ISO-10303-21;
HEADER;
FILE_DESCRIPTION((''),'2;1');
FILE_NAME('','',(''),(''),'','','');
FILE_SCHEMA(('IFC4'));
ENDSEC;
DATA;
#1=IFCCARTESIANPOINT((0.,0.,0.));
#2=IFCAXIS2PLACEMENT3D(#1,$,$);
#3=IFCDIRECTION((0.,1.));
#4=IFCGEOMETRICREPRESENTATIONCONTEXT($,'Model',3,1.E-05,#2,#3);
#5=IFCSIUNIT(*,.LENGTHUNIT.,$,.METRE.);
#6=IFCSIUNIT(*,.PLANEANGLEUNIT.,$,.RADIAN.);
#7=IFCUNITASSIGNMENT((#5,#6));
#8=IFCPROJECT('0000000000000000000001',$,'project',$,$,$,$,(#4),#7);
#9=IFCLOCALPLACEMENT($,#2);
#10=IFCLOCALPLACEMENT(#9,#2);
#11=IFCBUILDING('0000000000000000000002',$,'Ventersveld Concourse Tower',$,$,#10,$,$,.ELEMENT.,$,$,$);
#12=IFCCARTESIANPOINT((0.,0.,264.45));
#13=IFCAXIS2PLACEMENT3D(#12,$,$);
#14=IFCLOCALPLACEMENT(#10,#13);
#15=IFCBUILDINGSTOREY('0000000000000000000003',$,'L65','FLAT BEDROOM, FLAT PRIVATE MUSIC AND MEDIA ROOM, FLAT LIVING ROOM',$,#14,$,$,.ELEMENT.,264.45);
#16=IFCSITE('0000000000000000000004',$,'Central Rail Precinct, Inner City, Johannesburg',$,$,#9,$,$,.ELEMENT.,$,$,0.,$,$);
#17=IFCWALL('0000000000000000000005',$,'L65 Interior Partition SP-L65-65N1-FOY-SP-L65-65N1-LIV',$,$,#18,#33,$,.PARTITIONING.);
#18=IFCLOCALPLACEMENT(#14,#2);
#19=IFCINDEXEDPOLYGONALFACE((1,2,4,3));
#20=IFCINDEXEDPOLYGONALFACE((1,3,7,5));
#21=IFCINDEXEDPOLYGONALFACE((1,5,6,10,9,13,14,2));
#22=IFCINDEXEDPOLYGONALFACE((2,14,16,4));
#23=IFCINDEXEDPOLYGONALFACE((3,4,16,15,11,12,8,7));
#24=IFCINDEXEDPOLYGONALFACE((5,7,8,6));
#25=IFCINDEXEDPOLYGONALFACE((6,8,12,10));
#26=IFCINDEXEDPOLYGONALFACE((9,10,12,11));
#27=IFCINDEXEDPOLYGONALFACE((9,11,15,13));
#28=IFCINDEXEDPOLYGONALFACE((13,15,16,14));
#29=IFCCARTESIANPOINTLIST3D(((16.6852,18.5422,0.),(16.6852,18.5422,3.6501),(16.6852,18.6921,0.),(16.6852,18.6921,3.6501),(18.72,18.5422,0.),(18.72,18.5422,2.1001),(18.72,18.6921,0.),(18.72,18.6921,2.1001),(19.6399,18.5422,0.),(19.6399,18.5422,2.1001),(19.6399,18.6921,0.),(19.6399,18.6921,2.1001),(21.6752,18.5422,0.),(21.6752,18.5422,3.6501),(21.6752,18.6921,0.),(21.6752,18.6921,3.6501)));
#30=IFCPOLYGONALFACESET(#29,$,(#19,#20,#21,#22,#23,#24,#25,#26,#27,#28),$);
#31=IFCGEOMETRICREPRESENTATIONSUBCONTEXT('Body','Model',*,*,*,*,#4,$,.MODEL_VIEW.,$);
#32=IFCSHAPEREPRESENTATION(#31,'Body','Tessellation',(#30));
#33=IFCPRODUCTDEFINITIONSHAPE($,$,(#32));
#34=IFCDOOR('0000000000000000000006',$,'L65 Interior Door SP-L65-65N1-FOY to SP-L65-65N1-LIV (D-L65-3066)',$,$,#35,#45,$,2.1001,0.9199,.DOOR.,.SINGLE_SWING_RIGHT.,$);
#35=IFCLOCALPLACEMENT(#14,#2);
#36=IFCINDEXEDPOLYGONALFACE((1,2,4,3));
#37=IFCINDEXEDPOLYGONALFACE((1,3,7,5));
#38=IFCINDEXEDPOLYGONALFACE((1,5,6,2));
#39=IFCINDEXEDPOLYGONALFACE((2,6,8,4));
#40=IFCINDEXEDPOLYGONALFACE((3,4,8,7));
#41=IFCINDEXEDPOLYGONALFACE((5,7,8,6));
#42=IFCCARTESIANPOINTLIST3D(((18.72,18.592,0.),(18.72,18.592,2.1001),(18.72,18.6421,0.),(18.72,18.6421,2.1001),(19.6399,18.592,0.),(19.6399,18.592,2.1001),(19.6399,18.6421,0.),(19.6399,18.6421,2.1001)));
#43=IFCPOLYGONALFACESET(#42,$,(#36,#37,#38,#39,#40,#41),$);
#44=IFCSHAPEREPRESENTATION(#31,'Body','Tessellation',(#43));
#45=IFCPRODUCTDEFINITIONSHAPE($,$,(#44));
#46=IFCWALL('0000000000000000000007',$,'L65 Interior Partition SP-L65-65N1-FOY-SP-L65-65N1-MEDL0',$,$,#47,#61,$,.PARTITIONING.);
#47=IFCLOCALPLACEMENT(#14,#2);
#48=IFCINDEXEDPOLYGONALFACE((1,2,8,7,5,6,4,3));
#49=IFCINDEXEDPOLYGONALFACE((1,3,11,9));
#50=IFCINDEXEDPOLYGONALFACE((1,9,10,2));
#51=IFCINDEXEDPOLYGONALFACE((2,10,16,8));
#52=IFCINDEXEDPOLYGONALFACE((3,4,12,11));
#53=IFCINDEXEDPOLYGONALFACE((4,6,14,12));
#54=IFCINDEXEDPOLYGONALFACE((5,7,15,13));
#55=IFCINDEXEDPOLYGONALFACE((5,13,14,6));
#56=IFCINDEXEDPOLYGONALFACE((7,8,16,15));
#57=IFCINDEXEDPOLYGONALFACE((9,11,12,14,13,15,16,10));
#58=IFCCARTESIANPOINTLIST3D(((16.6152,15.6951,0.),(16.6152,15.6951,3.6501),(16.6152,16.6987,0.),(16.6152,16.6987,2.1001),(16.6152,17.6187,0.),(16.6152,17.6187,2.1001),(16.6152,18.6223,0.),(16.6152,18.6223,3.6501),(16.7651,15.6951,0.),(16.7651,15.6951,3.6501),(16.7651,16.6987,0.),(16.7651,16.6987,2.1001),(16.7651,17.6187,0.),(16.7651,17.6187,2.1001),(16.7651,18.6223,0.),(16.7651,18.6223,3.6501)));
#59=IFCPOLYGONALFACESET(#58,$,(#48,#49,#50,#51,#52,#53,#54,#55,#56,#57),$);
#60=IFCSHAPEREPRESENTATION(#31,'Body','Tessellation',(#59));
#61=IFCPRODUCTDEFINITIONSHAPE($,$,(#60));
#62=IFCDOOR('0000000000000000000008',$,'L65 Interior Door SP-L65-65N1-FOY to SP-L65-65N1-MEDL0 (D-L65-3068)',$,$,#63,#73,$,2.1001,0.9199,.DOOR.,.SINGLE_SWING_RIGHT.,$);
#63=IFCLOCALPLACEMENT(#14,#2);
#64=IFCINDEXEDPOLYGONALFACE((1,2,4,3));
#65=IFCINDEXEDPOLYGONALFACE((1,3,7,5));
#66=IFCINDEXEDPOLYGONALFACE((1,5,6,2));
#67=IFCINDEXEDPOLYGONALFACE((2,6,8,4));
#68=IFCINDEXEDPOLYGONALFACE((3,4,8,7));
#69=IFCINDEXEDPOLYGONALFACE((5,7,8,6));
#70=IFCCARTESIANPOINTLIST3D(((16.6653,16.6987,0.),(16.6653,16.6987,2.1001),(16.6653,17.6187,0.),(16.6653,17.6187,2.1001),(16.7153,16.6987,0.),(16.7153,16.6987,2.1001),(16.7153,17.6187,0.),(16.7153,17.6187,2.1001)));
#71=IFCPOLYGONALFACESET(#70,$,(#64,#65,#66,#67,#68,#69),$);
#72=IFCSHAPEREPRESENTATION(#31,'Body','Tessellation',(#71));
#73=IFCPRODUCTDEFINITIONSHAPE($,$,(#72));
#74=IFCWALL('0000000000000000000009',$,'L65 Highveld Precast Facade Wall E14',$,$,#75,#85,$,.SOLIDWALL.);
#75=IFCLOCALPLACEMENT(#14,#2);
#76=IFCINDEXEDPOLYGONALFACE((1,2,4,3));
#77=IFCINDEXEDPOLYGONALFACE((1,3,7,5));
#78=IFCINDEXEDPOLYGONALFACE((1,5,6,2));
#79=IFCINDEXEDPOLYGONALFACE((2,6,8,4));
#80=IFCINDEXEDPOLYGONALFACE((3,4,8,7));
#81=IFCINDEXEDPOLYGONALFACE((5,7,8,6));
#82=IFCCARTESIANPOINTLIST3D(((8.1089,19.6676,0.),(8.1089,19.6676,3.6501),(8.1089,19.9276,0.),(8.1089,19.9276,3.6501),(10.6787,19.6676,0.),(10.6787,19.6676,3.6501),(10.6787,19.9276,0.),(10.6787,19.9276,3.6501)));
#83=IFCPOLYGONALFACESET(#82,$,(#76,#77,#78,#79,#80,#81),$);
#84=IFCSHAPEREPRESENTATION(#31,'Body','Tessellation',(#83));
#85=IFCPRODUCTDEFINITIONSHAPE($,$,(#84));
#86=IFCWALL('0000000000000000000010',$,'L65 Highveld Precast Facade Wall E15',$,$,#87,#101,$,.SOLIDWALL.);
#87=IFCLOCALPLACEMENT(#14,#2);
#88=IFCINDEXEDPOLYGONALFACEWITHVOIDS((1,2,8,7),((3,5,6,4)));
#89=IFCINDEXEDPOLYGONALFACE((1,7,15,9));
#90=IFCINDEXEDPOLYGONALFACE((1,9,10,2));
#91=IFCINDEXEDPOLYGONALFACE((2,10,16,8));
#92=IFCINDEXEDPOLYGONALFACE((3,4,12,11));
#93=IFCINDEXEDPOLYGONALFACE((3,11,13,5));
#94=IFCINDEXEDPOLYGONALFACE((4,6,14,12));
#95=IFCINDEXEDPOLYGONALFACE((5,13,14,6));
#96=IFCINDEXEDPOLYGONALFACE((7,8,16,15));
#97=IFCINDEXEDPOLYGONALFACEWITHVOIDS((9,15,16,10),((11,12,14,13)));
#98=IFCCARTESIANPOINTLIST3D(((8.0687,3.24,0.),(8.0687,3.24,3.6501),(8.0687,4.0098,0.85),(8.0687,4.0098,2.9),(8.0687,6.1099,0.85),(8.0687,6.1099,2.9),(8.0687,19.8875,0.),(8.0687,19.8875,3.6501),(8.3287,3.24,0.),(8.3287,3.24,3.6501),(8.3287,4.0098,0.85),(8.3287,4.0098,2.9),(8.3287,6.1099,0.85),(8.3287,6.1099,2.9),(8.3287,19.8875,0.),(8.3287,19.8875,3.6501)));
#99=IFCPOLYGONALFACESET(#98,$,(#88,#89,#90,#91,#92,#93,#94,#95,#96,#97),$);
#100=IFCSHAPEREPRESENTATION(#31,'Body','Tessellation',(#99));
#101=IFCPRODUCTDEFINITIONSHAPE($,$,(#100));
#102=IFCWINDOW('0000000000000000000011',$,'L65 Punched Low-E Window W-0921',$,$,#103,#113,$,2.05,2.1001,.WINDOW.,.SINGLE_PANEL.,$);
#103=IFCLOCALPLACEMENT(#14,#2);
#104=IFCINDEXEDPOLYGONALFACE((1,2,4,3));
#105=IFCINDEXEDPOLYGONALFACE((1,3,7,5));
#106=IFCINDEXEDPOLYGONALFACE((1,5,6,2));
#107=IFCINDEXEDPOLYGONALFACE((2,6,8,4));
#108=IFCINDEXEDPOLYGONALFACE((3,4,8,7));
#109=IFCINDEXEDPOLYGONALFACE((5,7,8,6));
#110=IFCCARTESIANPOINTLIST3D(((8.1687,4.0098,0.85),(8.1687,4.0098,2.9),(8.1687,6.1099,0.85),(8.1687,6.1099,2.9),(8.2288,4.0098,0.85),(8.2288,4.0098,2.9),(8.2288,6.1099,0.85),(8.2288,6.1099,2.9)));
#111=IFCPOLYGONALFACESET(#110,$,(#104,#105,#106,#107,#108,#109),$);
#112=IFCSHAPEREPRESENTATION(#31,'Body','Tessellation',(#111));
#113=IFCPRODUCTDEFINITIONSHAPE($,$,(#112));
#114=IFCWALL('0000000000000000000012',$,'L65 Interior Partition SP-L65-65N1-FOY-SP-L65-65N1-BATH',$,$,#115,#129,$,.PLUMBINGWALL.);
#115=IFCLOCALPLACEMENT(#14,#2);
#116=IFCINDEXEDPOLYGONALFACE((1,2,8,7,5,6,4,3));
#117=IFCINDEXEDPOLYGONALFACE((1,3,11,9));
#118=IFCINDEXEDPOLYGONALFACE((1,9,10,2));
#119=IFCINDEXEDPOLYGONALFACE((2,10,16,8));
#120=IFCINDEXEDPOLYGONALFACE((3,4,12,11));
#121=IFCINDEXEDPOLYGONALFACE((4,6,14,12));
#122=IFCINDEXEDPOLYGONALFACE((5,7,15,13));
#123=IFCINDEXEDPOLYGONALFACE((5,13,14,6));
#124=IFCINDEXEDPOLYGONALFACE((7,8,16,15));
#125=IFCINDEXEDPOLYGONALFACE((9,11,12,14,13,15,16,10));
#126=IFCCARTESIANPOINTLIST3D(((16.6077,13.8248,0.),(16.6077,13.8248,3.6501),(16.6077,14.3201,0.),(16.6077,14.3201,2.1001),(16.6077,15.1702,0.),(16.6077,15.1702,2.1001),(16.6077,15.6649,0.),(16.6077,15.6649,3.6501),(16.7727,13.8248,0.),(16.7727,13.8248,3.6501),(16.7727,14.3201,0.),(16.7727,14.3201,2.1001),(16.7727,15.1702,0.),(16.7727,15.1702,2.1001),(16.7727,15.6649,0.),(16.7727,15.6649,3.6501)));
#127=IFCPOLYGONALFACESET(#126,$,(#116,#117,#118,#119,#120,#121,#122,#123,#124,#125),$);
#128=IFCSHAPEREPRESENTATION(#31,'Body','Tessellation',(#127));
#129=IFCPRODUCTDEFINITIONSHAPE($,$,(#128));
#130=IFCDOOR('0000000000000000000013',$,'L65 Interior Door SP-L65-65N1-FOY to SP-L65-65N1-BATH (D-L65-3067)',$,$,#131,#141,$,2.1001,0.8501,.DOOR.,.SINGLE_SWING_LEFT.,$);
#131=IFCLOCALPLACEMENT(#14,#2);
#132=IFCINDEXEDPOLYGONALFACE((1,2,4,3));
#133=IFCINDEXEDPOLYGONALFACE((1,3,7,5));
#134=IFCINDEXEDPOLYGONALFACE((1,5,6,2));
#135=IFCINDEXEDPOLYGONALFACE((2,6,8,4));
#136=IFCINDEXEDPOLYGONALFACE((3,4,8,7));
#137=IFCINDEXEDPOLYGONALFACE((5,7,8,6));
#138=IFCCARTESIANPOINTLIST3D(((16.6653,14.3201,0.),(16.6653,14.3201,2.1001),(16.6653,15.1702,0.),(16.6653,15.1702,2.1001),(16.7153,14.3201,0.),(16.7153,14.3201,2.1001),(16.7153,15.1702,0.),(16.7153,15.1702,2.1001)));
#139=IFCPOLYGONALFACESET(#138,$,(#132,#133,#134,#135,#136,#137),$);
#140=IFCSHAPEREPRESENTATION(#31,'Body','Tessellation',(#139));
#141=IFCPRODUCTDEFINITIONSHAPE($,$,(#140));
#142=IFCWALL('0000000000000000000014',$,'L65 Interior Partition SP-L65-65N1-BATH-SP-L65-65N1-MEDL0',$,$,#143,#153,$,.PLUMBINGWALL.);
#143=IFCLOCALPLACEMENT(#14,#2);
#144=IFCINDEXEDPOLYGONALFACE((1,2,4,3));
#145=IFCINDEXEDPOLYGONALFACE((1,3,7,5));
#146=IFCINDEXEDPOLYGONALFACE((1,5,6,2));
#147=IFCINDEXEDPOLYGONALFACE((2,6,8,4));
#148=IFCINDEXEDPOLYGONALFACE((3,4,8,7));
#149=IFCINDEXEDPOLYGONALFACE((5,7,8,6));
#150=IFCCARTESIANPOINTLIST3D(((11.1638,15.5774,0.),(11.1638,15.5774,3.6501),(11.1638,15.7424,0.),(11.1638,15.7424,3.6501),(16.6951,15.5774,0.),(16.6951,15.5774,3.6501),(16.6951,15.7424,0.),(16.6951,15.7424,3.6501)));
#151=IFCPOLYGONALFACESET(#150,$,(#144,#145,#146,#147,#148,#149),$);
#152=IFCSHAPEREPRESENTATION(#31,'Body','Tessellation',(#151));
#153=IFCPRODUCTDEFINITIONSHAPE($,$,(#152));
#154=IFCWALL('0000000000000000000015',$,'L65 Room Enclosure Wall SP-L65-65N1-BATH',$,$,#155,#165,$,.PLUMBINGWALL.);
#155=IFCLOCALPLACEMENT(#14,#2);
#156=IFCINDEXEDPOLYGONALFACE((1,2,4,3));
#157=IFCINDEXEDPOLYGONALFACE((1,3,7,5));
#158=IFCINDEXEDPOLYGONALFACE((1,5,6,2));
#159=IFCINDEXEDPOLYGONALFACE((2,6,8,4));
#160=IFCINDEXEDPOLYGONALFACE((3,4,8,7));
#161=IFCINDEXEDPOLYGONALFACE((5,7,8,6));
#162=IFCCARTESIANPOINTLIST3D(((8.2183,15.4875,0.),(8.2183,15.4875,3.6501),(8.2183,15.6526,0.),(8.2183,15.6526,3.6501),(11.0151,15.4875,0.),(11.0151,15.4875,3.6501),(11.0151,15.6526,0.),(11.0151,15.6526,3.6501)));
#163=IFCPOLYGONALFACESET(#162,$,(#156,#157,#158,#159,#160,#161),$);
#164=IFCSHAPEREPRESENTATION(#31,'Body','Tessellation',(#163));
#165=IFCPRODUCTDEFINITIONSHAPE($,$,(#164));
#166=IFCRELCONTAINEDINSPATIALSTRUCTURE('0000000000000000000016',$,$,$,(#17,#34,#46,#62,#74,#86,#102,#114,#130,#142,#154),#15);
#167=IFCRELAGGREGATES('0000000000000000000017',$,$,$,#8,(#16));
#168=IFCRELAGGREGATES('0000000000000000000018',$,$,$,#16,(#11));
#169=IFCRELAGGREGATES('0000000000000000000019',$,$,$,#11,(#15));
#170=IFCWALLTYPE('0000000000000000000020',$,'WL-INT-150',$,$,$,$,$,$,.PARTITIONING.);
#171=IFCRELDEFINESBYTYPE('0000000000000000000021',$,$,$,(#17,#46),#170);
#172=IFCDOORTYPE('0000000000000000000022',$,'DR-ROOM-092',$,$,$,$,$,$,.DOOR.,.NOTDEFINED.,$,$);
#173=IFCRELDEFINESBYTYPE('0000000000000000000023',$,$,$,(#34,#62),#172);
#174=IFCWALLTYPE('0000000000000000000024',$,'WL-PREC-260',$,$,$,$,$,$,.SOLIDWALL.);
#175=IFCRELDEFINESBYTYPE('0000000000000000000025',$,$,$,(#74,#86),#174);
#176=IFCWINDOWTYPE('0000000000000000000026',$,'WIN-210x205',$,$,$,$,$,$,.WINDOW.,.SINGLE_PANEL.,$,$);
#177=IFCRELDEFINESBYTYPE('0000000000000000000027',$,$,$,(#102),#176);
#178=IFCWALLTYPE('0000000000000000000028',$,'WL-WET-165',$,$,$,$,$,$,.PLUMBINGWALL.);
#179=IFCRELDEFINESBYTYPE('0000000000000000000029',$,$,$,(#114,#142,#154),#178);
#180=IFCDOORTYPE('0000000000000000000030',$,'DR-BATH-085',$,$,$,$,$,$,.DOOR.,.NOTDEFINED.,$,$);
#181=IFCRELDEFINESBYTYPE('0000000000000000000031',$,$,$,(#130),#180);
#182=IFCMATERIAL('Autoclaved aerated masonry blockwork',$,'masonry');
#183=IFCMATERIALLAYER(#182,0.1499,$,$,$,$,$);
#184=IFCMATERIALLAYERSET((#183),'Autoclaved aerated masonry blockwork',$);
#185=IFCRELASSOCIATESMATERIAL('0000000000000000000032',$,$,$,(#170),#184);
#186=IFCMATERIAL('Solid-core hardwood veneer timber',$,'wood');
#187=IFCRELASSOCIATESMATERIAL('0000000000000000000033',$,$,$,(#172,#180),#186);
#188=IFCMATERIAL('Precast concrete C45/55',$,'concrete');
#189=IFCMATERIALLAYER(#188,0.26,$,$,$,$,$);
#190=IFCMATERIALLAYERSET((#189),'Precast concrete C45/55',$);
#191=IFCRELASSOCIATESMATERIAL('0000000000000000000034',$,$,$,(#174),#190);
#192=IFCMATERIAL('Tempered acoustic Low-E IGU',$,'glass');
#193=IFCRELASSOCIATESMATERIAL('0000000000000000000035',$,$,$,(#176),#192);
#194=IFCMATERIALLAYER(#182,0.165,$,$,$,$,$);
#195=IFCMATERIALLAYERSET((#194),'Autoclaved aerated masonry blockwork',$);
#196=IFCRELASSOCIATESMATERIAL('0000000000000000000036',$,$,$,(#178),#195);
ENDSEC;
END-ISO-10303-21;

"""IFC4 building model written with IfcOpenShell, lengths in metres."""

from ifc_helpers import new_model, si_unit, direction, frame, frame_2d, origin, place, context, subcontext, project, spatial, rectangle, extrude, material, layer, layer_set, type_object, element, fill, save


model = new_model("IFC4")

# Units and contexts
model_context = context("Model", 3, precision=1e-05, world=origin(), true_north=direction((0.0, 1.0)))
body_context = subcontext(model_context, "Body", "Model", "MODEL_VIEW")
ifc_project = project(units=[si_unit("LENGTHUNIT", "METRE"), si_unit("PLANEANGLEUNIT", "RADIAN")], contexts=[model_context])

# Site, building, storey
site_placement = place(None, origin())
site = spatial("IfcSite", under=ifc_project, at=site_placement, Name="Central Rail Precinct, Inner City, Johannesburg", CompositionType="ELEMENT", RefElevation=0.0)
building_placement = place(site_placement, origin())
building = spatial("IfcBuilding", under=site, at=building_placement, Name="Ventersveld Concourse Tower", CompositionType="ELEMENT")
storey_placement = place(building_placement, frame((0.0, 0.0, 264.45)))
storey = spatial("IfcBuildingStorey", under=building, at=storey_placement, Name="L65", Description="FLAT BEDROOM, FLAT PRIVATE MUSIC AND MEDIA ROOM, FLAT LIVING ROOM", CompositionType="ELEMENT", Elevation=264.45)

# Shared definitions
ifc_material_1 = material(Name="Solid-core hardwood veneer timber", Category="wood")

# Walls, openings, doors
ifc_material_2 = material(Name="Autoclaved aerated masonry blockwork", Category="masonry")
ifc_layer_1 = layer(ifc_material_2, 0.1499)
ifc_layer_set_1 = layer_set([ifc_layer_1], Name="Autoclaved aerated masonry blockwork")
wall_type_1 = type_object("IfcWallType", Name="WL-INT-150", PredefinedType="PARTITIONING", material=ifc_layer_set_1)
wall_1_placement = place(storey_placement, frame((16.6851, 18.6172, 0.0), z_axis=(0.0, 0.0, 1.0), x_axis=(1.0, 0.0, 0.0)))
wall_1 = element("IfcWall", 1, at=wall_1_placement, inside=storey, type_object=wall_type_1, Name="L65 Interior Partition SP-L65-65N1-FOY-SP-L65-65N1-LIV", PredefinedType="PARTITIONING", context=body_context, shape_type="SweptSolid", body=[
    extrude(rectangle(XDim=4.99, YDim=0.1499, at=frame_2d((2.4951, 0.0))), origin(), (0.0, 0.0, 1.0), 3.6501),
])
opening_1_placement = place(wall_1_placement, frame((2.0349, 0.0, 0.0)))
opening_1 = element("IfcOpeningElement", 2, at=opening_1_placement, cuts=wall_1, PredefinedType="OPENING", context=body_context, shape_type="SweptSolid", body=[
    extrude(rectangle(XDim=0.9199, YDim=2.1001, at=frame_2d((0.46, 1.05))), frame((0.0, 0.085, 0.0), z_axis=(0.0, -1.0, 0.0), x_axis=(1.0, 0.0, 0.0)), (0.0, 0.0, 1.0), 0.1699),
])
door_type_1 = type_object("IfcDoorType", Name="DR-ROOM-092", OperationType="NOTDEFINED", PredefinedType="DOOR", material=ifc_material_1)
door_1_placement = place(opening_1_placement, origin())
door_1 = element("IfcDoor", 3, at=door_1_placement, inside=storey, type_object=door_type_1, Name="L65 Interior Door SP-L65-65N1-FOY to SP-L65-65N1-LIV (D-L65-3066)", OperationType="SINGLE_SWING_RIGHT", OverallHeight=2.1001, OverallWidth=0.9199, PredefinedType="DOOR", context=body_context, shape_type="SweptSolid", body=[
    extrude(rectangle(XDim=0.9199, YDim=2.1001, at=frame_2d((0.46, 1.05))), frame((0.0, 0.0249, 0.0), z_axis=(0.0, -1.0, 0.0), x_axis=(1.0, 0.0, 0.0)), (0.0, 0.0, 1.0), 0.05),
])
fill(opening_1, door_1)
wall_2_placement = place(storey_placement, frame((16.6902, 15.6951, 0.0), z_axis=(0.0, 0.0, 1.0), x_axis=(0.0, 1.0, 0.0)))
wall_2 = element("IfcWall", 4, at=wall_2_placement, inside=storey, type_object=wall_type_1, Name="L65 Interior Partition SP-L65-65N1-FOY-SP-L65-65N1-MEDL0", PredefinedType="PARTITIONING", context=body_context, shape_type="SweptSolid", body=[
    extrude(rectangle(XDim=2.9272, YDim=0.1499, at=frame_2d((1.4636, 0.0))), origin(), (0.0, 0.0, 1.0), 3.6501),
])
opening_2_placement = place(wall_2_placement, frame((1.0037, 0.0, 0.0)))
opening_2 = element("IfcOpeningElement", 5, at=opening_2_placement, cuts=wall_2, PredefinedType="OPENING", context=body_context, shape_type="SweptSolid", body=[
    extrude(rectangle(XDim=0.9199, YDim=2.1001, at=frame_2d((0.46, 1.05))), frame((0.0, 0.085, 0.0), z_axis=(0.0, -1.0, 0.0), x_axis=(1.0, 0.0, 0.0)), (0.0, 0.0, 1.0), 0.1699),
])
door_2_placement = place(opening_2_placement, origin())
door_2 = element("IfcDoor", 6, at=door_2_placement, inside=storey, type_object=door_type_1, Name="L65 Interior Door SP-L65-65N1-FOY to SP-L65-65N1-MEDL0 (D-L65-3068)", OperationType="SINGLE_SWING_RIGHT", OverallHeight=2.1001, OverallWidth=0.9199, PredefinedType="DOOR", context=body_context, shape_type="SweptSolid", body=[
    extrude(rectangle(XDim=0.9199, YDim=2.1001, at=frame_2d((0.46, 1.05))), frame((0.0, 0.0249, 0.0), z_axis=(0.0, -1.0, 0.0), x_axis=(1.0, 0.0, 0.0)), (0.0, 0.0, 1.0), 0.05),
])
fill(opening_2, door_2)

# Wall
ifc_material_3 = material(Name="Precast concrete C45/55", Category="concrete")
ifc_layer_2 = layer(ifc_material_3, 0.26)
ifc_layer_set_2 = layer_set([ifc_layer_2], Name="Precast concrete C45/55")
wall_type_2 = type_object("IfcWallType", Name="WL-PREC-260", PredefinedType="SOLIDWALL", material=ifc_layer_set_2)
wall_3_placement = place(storey_placement, frame((10.6787, 19.7976, 0.0), z_axis=(0.0, 0.0, 1.0), x_axis=(-1.0, 0.0, 0.0)))
element("IfcWall", 7, at=wall_3_placement, inside=storey, type_object=wall_type_2, Name="L65 Highveld Precast Facade Wall E14", PredefinedType="SOLIDWALL", context=body_context, shape_type="SweptSolid", body=[
    extrude(rectangle(XDim=2.5698, YDim=0.26, at=frame_2d((1.2849, 0.0))), origin(), (0.0, 0.0, 1.0), 3.6501),
])

# Wall, opening, window
wall_4_placement = place(storey_placement, frame((8.1987, 19.8875, 0.0), z_axis=(0.0, 0.0, 1.0), x_axis=(0.0, -1.0, 0.0)))
wall_4 = element("IfcWall", 8, at=wall_4_placement, inside=storey, type_object=wall_type_2, Name="L65 Highveld Precast Facade Wall E15", PredefinedType="SOLIDWALL", context=body_context, shape_type="SweptSolid", body=[
    extrude(rectangle(XDim=16.6475, YDim=0.26, at=frame_2d((8.3237, 0.0))), origin(), (0.0, 0.0, 1.0), 3.6501),
])
opening_3_placement = place(wall_4_placement, frame((13.7776, 0.0, 0.8501)))
opening_3 = element("IfcOpeningElement", 9, at=opening_3_placement, cuts=wall_4, PredefinedType="OPENING", context=body_context, shape_type="SweptSolid", body=[
    extrude(rectangle(XDim=2.1001, YDim=2.05, at=frame_2d((1.05, 1.0249))), frame((0.0, 0.1401, 0.0), z_axis=(0.0, -1.0, 0.0), x_axis=(1.0, 0.0, 0.0)), (0.0, 0.0, 1.0), 0.28),
])
ifc_material_4 = material(Name="Tempered acoustic Low-E IGU", Category="glass")
window_type = type_object("IfcWindowType", Name="WIN-210x205", PartitioningType="SINGLE_PANEL", PredefinedType="WINDOW", material=ifc_material_4)
window_placement = place(opening_3_placement, origin())
window = element("IfcWindow", 10, at=window_placement, inside=storey, type_object=window_type, Name="L65 Punched Low-E Window W-0921", OverallHeight=2.05, OverallWidth=2.1001, PartitioningType="SINGLE_PANEL", PredefinedType="WINDOW", context=body_context, shape_type="SweptSolid", body=[
    extrude(rectangle(XDim=2.1001, YDim=2.05, at=frame_2d((1.05, 1.0249))), frame((0.0, 0.03, 0.0), z_axis=(0.0, -1.0, 0.0), x_axis=(1.0, 0.0, 0.0)), (0.0, 0.0, 1.0), 0.0601),
])
fill(opening_3, window)

# Wall, opening, door
ifc_layer_3 = layer(ifc_material_2, 0.165)
ifc_layer_set_3 = layer_set([ifc_layer_3], Name="Autoclaved aerated masonry blockwork")
wall_type_3 = type_object("IfcWallType", Name="WL-WET-165", PredefinedType="PLUMBINGWALL", material=ifc_layer_set_3)
wall_5_placement = place(storey_placement, frame((16.6902, 13.825, 0.0), z_axis=(0.0, 0.0, 1.0), x_axis=(0.0, 1.0, 0.0)))
wall_5 = element("IfcWall", 11, at=wall_5_placement, inside=storey, type_object=wall_type_3, Name="L65 Interior Partition SP-L65-65N1-FOY-SP-L65-65N1-BATH", PredefinedType="PLUMBINGWALL", context=body_context, shape_type="SweptSolid", body=[
    extrude(rectangle(XDim=1.8401, YDim=0.165, at=frame_2d((0.9199, 0.0))), origin(), (0.0, 0.0, 1.0), 3.6501),
])
opening_4_placement = place(wall_5_placement, frame((0.4951, 0.0, 0.0)))
opening_4 = element("IfcOpeningElement", 12, at=opening_4_placement, cuts=wall_5, PredefinedType="OPENING", context=body_context, shape_type="SweptSolid", body=[
    extrude(rectangle(XDim=0.8501, YDim=2.1001, at=frame_2d((0.425, 1.05))), frame((0.0, 0.0925, 0.0), z_axis=(0.0, -1.0, 0.0), x_axis=(1.0, 0.0, 0.0)), (0.0, 0.0, 1.0), 0.1851),
])
door_type_2 = type_object("IfcDoorType", Name="DR-BATH-085", OperationType="NOTDEFINED", PredefinedType="DOOR", material=ifc_material_1)
door_3_placement = place(opening_4_placement, origin())
door_3 = element("IfcDoor", 13, at=door_3_placement, inside=storey, type_object=door_type_2, Name="L65 Interior Door SP-L65-65N1-FOY to SP-L65-65N1-BATH (D-L65-3067)", OperationType="SINGLE_SWING_LEFT", OverallHeight=2.1001, OverallWidth=0.8501, PredefinedType="DOOR", context=body_context, shape_type="SweptSolid", body=[
    extrude(rectangle(XDim=0.8501, YDim=2.1001, at=frame_2d((0.425, 1.05))), frame((0.0, 0.0249, 0.0), z_axis=(0.0, -1.0, 0.0), x_axis=(1.0, 0.0, 0.0)), (0.0, 0.0, 1.0), 0.05),
])
fill(opening_4, door_3)

# Walls
wall_6_placement = place(storey_placement, frame((11.1638, 15.6599, 0.0), z_axis=(0.0, 0.0, 1.0), x_axis=(1.0, 0.0, 0.0)))
element("IfcWall", 14, at=wall_6_placement, inside=storey, type_object=wall_type_3, Name="L65 Interior Partition SP-L65-65N1-BATH-SP-L65-65N1-MEDL0", PredefinedType="PLUMBINGWALL", context=body_context, shape_type="SweptSolid", body=[
    extrude(rectangle(XDim=5.5312, YDim=0.165, at=frame_2d((2.7656, 0.0))), origin(), (0.0, 0.0, 1.0), 3.6501),
])
wall_7_placement = place(storey_placement, frame((8.2183, 15.5701, 0.0), z_axis=(0.0, 0.0, 1.0), x_axis=(1.0, 0.0, 0.0)))
element("IfcWall", 15, at=wall_7_placement, inside=storey, type_object=wall_type_3, Name="L65 Room Enclosure Wall SP-L65-65N1-BATH", PredefinedType="PLUMBINGWALL", context=body_context, shape_type="SweptSolid", body=[
    extrude(rectangle(XDim=2.7969, YDim=0.165, at=frame_2d((1.3984, 0.0))), origin(), (0.0, 0.0, 1.0), 3.6501),
])

save(model, "model.ifc")
